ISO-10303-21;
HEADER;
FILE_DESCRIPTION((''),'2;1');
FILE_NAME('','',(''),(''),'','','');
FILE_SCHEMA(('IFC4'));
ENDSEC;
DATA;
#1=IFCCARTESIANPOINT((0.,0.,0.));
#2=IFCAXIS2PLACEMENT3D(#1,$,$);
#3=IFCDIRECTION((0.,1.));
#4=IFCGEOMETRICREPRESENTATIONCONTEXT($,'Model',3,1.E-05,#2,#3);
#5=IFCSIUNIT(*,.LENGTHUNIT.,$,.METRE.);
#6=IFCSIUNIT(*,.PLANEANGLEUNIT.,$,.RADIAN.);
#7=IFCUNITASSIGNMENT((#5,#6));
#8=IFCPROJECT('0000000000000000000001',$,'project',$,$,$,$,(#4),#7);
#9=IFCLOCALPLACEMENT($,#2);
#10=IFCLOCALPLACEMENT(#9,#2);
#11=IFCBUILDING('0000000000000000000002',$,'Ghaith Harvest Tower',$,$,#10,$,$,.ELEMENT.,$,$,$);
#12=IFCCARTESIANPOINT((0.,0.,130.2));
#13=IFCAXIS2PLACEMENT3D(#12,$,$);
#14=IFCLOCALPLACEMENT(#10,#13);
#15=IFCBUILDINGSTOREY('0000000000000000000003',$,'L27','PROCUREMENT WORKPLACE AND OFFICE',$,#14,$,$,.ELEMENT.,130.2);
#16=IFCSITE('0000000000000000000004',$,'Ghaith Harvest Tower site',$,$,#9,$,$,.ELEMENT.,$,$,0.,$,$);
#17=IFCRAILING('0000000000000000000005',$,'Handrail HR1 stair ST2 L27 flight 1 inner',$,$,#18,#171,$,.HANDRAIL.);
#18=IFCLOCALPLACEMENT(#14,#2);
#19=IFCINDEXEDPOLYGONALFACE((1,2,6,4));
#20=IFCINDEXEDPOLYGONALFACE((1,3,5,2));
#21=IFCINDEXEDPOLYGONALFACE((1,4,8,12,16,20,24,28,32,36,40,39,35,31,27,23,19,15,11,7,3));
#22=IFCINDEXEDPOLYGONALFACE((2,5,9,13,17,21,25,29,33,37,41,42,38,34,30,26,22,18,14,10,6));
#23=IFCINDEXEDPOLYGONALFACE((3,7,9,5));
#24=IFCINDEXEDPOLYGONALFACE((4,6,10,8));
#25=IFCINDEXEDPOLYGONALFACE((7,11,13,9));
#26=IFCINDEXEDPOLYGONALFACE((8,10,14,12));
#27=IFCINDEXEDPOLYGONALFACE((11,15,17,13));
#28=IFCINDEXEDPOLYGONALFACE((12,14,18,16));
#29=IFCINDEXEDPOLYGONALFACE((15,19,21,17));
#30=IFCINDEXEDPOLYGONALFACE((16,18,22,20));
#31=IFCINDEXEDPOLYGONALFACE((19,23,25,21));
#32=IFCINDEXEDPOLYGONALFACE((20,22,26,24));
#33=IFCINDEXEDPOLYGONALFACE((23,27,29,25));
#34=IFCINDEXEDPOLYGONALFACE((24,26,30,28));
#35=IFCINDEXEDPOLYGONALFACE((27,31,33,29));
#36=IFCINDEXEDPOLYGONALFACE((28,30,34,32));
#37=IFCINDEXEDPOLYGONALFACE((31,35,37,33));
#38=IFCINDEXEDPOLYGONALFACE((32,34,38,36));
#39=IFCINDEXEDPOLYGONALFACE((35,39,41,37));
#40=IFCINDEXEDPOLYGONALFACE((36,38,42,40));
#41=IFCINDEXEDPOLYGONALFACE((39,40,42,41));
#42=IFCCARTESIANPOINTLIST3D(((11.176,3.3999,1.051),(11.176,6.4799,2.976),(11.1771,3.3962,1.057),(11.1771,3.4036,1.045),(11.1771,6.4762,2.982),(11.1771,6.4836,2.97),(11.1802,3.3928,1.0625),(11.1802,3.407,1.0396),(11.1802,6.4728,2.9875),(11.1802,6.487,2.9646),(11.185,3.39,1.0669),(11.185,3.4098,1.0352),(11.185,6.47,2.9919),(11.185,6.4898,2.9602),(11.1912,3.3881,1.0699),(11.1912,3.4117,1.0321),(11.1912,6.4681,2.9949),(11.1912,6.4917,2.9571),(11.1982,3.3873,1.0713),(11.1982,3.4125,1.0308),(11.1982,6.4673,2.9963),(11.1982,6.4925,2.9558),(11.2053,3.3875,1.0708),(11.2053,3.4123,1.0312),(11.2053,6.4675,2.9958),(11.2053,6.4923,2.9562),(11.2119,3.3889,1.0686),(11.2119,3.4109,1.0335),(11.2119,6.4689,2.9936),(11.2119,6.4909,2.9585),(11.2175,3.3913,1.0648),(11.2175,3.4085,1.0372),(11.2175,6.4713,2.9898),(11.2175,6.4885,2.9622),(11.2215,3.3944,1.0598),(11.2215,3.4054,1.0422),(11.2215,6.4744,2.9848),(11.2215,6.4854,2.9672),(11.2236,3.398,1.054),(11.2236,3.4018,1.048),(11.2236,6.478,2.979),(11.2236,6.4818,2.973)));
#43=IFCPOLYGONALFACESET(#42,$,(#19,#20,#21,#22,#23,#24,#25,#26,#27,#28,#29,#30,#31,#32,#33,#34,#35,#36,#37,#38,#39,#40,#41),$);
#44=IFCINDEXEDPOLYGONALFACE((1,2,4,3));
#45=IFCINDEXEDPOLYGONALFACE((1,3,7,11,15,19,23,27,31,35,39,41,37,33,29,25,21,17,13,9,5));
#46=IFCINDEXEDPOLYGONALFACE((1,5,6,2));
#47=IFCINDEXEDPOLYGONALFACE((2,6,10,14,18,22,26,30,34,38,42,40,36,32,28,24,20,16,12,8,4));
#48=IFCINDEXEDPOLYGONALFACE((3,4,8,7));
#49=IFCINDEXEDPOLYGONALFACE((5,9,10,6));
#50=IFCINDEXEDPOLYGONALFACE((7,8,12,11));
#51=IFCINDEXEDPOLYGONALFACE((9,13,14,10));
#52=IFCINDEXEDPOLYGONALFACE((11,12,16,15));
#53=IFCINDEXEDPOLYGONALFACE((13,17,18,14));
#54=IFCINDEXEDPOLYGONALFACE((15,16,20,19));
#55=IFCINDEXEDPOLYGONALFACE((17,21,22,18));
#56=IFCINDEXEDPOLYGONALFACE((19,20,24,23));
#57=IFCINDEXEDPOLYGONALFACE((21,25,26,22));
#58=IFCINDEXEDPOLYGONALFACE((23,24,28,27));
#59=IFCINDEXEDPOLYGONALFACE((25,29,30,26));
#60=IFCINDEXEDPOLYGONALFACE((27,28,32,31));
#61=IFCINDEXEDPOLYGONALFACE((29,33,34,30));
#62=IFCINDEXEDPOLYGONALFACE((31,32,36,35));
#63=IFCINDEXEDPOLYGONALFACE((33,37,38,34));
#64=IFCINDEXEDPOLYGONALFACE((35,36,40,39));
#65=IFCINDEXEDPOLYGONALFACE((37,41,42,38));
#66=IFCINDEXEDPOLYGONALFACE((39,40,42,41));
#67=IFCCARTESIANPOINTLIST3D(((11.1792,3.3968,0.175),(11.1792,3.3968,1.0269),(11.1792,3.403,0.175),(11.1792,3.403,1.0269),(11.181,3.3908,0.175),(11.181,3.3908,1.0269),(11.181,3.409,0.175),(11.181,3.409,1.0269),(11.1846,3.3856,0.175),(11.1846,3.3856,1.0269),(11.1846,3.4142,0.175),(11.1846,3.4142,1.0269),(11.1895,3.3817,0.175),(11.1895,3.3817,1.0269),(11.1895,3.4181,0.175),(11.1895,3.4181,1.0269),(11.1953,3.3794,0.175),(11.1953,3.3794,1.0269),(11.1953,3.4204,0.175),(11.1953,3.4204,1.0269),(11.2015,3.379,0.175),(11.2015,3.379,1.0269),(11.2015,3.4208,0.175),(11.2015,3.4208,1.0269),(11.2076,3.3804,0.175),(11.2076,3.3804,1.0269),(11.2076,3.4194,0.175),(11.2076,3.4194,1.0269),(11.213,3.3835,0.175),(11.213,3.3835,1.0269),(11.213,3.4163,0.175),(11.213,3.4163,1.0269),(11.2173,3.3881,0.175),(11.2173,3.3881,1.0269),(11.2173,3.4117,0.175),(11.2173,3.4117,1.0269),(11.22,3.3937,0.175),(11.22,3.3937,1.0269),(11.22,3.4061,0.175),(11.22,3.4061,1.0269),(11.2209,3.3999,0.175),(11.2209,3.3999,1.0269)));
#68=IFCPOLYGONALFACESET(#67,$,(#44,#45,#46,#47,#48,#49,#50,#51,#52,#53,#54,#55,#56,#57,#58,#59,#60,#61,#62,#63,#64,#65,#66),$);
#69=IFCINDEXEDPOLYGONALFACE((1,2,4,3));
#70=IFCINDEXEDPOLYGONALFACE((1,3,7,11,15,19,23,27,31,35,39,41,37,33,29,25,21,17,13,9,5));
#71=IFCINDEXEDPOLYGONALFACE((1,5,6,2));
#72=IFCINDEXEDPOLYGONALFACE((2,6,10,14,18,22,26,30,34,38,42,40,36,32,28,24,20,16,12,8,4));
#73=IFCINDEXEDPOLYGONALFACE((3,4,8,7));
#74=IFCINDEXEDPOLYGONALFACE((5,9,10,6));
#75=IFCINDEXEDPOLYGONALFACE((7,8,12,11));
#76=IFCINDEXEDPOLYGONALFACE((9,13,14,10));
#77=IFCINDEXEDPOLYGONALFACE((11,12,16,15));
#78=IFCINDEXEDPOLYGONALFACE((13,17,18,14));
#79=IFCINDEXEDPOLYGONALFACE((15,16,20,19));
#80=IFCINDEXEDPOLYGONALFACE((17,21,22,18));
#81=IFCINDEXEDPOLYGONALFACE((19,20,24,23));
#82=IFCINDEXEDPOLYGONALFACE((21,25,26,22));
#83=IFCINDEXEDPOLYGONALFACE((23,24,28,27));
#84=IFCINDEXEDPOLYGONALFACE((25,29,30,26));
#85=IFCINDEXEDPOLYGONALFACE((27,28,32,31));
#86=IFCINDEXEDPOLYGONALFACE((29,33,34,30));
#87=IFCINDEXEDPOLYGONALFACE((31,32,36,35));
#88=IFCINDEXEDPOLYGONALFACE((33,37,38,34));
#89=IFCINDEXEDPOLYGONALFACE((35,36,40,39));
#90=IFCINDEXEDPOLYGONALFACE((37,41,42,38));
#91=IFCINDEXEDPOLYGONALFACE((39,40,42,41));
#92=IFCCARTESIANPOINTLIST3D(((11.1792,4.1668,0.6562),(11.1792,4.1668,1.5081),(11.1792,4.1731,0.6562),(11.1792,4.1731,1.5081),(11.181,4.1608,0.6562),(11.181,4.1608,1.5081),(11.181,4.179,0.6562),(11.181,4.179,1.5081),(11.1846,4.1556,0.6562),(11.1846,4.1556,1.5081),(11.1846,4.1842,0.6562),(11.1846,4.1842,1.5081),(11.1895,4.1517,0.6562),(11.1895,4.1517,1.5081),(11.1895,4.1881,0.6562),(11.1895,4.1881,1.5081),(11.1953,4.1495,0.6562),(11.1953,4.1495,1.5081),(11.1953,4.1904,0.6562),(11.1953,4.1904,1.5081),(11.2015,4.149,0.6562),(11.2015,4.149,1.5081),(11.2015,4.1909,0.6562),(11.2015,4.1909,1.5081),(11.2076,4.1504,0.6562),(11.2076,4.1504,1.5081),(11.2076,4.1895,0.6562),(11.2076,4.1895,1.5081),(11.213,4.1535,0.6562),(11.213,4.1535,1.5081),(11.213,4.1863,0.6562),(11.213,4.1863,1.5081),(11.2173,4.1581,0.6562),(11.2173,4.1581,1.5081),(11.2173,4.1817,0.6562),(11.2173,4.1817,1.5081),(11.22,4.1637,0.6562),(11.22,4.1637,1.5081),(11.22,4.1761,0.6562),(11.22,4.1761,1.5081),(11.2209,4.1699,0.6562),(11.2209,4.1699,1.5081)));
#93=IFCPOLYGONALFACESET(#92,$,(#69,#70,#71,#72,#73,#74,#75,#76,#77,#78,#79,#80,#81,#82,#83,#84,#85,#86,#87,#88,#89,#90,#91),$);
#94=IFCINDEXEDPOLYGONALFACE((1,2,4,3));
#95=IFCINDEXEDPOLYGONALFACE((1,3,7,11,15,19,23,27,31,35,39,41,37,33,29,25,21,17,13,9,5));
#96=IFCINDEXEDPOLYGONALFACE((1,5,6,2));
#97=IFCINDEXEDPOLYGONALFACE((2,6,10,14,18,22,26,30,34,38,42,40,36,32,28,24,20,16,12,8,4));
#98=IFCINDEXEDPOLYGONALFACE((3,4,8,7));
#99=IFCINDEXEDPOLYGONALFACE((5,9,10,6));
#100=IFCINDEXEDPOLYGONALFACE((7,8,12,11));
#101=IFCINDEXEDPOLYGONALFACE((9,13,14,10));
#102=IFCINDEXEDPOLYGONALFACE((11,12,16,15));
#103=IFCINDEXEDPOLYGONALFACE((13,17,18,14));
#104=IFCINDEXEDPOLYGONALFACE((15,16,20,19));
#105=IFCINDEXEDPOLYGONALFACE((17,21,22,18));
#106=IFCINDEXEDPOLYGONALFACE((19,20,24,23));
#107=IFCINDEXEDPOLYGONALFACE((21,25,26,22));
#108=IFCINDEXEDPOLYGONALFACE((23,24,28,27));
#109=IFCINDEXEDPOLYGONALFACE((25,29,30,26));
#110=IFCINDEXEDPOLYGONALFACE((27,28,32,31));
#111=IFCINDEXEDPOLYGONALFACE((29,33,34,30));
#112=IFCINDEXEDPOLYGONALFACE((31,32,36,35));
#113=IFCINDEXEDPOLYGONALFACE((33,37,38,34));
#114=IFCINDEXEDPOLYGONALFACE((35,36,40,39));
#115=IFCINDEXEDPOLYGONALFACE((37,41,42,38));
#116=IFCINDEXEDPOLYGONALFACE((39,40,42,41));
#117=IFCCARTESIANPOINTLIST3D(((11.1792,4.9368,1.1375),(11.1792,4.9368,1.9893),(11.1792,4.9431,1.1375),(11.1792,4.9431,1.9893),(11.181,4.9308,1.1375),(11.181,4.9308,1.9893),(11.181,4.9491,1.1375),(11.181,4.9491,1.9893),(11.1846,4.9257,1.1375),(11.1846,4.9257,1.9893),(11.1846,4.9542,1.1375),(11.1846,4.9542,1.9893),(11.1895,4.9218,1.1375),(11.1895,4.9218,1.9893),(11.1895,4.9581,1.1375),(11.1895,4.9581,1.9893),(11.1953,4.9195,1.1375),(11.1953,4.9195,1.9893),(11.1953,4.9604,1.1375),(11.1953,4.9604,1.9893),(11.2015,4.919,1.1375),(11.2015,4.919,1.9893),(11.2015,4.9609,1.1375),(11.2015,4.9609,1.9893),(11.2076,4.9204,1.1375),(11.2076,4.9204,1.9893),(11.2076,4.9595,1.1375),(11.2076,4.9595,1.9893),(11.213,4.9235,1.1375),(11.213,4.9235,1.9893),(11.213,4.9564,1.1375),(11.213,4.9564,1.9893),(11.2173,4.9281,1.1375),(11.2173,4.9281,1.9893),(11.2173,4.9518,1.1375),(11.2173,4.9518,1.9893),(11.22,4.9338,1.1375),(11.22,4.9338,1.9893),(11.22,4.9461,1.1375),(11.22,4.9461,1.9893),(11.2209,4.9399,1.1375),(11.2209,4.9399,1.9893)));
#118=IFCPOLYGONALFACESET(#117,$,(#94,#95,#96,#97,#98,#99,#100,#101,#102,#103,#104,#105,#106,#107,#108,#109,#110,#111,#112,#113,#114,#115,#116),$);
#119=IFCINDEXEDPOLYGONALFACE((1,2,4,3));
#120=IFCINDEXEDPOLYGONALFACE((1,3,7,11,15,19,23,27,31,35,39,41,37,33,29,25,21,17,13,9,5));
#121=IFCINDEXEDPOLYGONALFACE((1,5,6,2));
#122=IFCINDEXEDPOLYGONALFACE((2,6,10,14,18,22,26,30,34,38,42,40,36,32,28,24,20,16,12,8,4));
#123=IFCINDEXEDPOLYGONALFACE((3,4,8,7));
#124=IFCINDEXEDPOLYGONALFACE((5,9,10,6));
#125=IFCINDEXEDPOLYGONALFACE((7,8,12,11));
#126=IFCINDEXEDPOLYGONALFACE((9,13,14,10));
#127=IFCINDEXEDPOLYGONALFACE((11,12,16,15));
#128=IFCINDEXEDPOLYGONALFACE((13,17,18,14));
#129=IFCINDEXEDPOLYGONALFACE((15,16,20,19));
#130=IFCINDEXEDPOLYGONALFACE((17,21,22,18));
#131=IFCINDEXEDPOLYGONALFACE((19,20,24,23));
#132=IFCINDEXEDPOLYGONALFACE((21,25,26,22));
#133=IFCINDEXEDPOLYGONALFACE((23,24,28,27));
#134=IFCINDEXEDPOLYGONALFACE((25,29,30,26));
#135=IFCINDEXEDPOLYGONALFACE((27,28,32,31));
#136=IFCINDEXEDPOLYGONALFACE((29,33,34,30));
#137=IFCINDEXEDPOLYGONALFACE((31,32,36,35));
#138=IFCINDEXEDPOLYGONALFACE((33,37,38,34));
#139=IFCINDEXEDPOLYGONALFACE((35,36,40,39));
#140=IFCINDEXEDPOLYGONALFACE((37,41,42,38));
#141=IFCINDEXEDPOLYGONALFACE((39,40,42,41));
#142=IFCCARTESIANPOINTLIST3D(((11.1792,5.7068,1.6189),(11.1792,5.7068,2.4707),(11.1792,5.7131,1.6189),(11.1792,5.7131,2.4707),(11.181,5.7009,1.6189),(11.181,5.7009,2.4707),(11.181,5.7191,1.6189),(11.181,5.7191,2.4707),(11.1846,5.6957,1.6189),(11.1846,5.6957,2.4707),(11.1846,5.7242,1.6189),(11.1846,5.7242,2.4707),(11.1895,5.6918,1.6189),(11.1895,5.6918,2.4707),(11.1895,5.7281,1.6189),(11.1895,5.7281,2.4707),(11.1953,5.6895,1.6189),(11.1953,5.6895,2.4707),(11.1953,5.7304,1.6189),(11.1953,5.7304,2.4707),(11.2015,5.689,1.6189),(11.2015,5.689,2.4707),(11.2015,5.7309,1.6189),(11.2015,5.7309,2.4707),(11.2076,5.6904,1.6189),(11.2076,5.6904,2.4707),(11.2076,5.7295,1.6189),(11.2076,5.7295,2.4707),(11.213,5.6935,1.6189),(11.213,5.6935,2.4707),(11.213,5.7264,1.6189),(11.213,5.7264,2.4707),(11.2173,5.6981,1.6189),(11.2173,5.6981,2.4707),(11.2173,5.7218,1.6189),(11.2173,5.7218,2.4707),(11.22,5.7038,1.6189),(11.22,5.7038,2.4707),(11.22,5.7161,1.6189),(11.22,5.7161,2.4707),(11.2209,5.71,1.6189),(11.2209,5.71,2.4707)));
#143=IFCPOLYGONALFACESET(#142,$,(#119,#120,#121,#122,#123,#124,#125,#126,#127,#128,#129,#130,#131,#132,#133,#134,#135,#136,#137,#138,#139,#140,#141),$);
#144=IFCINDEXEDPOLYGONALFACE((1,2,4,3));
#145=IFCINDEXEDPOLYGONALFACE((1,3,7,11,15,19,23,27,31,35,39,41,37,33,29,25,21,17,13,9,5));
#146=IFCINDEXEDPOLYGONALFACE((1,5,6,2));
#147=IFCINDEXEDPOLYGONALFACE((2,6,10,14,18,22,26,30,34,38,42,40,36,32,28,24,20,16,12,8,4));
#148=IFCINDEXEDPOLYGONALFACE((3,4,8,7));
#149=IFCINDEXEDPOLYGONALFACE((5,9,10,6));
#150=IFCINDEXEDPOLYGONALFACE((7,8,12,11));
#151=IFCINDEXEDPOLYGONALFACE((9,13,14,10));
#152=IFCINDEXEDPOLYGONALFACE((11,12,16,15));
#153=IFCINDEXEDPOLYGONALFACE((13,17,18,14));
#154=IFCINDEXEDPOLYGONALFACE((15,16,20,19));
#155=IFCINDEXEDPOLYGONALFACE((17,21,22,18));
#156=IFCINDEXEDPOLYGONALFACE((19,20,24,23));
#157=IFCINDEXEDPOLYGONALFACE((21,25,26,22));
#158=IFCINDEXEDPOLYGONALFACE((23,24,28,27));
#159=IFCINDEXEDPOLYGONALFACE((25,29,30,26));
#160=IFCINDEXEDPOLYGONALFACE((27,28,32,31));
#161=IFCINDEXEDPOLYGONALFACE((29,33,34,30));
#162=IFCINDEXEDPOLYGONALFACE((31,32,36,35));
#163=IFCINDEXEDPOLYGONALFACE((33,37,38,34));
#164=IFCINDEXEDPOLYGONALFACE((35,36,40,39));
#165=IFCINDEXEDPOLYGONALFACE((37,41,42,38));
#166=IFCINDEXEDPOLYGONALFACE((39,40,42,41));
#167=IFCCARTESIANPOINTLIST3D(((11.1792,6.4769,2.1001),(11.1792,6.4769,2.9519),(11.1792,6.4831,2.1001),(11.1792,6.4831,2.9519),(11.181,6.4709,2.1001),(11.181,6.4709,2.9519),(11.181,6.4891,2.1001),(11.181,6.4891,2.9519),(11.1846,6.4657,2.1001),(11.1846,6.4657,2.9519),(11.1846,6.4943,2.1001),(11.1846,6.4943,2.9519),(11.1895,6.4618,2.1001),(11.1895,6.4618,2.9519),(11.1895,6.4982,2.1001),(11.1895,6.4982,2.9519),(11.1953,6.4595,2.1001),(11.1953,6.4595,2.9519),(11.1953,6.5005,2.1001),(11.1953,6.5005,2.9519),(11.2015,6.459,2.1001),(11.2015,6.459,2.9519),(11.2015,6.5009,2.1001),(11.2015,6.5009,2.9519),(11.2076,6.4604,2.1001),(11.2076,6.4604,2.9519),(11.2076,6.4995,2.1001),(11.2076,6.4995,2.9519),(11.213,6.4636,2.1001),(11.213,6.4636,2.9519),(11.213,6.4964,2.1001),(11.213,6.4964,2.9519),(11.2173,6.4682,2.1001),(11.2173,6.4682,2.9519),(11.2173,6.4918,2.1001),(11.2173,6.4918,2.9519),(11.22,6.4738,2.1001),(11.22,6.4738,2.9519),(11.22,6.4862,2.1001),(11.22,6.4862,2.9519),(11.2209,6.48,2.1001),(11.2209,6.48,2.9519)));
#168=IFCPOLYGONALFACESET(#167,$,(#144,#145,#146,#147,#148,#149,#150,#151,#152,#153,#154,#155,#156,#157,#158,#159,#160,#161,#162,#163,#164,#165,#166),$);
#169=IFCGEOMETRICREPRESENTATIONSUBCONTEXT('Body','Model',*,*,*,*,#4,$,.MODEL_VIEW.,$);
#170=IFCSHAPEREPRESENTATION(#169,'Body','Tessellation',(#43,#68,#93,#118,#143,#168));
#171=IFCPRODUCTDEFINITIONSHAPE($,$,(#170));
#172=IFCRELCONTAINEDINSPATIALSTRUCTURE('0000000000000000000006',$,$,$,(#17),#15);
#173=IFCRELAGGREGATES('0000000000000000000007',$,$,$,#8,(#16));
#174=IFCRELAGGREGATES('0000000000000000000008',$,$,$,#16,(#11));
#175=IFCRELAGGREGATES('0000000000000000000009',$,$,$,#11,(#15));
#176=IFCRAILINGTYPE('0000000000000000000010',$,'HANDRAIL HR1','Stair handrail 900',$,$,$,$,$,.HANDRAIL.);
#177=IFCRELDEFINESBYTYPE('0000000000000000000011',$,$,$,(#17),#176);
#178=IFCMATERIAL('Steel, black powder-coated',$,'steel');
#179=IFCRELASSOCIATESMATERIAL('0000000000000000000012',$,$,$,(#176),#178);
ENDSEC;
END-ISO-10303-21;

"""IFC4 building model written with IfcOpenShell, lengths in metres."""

from ifc_helpers import new_model, si_unit, direction, frame, origin, origin_2d, place, context, subcontext, project, spatial, circle, extrude, material, type_object, element, save


model = new_model("IFC4")

# Units and contexts
model_context = context("Model", 3, precision=1e-05, world=origin(), true_north=direction((0.0, 1.0)))
body_context = subcontext(model_context, "Body", "Model", "MODEL_VIEW")
ifc_project = project(units=[si_unit("LENGTHUNIT", "METRE"), si_unit("PLANEANGLEUNIT", "RADIAN")], contexts=[model_context])

# Site, building, storey
site_placement = place(None, origin())
site = spatial("IfcSite", under=ifc_project, at=site_placement, Name="Ghaith Harvest Tower site", CompositionType="ELEMENT", RefElevation=0.0)
building_placement = place(site_placement, origin())
building = spatial("IfcBuilding", under=site, at=building_placement, Name="Ghaith Harvest Tower", CompositionType="ELEMENT")
storey_placement = place(building_placement, frame((0.0, 0.0, 130.2)))
storey = spatial("IfcBuildingStorey", under=building, at=storey_placement, Name="L27", Description="PROCUREMENT WORKPLACE AND OFFICE", CompositionType="ELEMENT", Elevation=130.2)

# Railing
ifc_material_1 = material(Name="Steel, black powder-coated", Category="steel")
railing_type = type_object("IfcRailingType", Name="HANDRAIL HR1", Description="Stair handrail 900", PredefinedType="HANDRAIL", material=ifc_material_1)
railing_1_placement = place(storey_placement, frame((11.2, 3.3999, 0.175)))
element("IfcRailing", 1, at=railing_1_placement, inside=storey, type_object=railing_type, Name="Handrail HR1 stair ST2 L27 flight 1 inner", PredefinedType="HANDRAIL", context=body_context, shape_type="SweptSolid", body=[
    extrude(circle(Radius=0.0239, at=origin_2d()), frame((0.0, 0.0, 0.876), z_axis=(0.0, 0.847998, 0.529999), x_axis=(-1.0, 0.0, 0.0)), (0.0, 0.0, 1.0), 3.6321),
    extrude(circle(Radius=0.021, at=origin_2d()), origin(), (0.0, 0.0, 1.0), 0.8518),
    extrude(circle(Radius=0.021, at=origin_2d()), frame((0.0, 0.77, 0.4812)), (0.0, 0.0, 1.0), 0.8518),
    extrude(circle(Radius=0.021, at=origin_2d()), frame((0.0, 1.54, 0.9624)), (0.0, 0.0, 1.0), 0.8518),
    extrude(circle(Radius=0.021, at=origin_2d()), frame((0.0, 2.3101, 1.4438)), (0.0, 0.0, 1.0), 0.8518),
    extrude(circle(Radius=0.021, at=origin_2d()), frame((0.0, 3.0801, 1.925)), (0.0, 0.0, 1.0), 0.8518),
])

save(model, "model.ifc")
